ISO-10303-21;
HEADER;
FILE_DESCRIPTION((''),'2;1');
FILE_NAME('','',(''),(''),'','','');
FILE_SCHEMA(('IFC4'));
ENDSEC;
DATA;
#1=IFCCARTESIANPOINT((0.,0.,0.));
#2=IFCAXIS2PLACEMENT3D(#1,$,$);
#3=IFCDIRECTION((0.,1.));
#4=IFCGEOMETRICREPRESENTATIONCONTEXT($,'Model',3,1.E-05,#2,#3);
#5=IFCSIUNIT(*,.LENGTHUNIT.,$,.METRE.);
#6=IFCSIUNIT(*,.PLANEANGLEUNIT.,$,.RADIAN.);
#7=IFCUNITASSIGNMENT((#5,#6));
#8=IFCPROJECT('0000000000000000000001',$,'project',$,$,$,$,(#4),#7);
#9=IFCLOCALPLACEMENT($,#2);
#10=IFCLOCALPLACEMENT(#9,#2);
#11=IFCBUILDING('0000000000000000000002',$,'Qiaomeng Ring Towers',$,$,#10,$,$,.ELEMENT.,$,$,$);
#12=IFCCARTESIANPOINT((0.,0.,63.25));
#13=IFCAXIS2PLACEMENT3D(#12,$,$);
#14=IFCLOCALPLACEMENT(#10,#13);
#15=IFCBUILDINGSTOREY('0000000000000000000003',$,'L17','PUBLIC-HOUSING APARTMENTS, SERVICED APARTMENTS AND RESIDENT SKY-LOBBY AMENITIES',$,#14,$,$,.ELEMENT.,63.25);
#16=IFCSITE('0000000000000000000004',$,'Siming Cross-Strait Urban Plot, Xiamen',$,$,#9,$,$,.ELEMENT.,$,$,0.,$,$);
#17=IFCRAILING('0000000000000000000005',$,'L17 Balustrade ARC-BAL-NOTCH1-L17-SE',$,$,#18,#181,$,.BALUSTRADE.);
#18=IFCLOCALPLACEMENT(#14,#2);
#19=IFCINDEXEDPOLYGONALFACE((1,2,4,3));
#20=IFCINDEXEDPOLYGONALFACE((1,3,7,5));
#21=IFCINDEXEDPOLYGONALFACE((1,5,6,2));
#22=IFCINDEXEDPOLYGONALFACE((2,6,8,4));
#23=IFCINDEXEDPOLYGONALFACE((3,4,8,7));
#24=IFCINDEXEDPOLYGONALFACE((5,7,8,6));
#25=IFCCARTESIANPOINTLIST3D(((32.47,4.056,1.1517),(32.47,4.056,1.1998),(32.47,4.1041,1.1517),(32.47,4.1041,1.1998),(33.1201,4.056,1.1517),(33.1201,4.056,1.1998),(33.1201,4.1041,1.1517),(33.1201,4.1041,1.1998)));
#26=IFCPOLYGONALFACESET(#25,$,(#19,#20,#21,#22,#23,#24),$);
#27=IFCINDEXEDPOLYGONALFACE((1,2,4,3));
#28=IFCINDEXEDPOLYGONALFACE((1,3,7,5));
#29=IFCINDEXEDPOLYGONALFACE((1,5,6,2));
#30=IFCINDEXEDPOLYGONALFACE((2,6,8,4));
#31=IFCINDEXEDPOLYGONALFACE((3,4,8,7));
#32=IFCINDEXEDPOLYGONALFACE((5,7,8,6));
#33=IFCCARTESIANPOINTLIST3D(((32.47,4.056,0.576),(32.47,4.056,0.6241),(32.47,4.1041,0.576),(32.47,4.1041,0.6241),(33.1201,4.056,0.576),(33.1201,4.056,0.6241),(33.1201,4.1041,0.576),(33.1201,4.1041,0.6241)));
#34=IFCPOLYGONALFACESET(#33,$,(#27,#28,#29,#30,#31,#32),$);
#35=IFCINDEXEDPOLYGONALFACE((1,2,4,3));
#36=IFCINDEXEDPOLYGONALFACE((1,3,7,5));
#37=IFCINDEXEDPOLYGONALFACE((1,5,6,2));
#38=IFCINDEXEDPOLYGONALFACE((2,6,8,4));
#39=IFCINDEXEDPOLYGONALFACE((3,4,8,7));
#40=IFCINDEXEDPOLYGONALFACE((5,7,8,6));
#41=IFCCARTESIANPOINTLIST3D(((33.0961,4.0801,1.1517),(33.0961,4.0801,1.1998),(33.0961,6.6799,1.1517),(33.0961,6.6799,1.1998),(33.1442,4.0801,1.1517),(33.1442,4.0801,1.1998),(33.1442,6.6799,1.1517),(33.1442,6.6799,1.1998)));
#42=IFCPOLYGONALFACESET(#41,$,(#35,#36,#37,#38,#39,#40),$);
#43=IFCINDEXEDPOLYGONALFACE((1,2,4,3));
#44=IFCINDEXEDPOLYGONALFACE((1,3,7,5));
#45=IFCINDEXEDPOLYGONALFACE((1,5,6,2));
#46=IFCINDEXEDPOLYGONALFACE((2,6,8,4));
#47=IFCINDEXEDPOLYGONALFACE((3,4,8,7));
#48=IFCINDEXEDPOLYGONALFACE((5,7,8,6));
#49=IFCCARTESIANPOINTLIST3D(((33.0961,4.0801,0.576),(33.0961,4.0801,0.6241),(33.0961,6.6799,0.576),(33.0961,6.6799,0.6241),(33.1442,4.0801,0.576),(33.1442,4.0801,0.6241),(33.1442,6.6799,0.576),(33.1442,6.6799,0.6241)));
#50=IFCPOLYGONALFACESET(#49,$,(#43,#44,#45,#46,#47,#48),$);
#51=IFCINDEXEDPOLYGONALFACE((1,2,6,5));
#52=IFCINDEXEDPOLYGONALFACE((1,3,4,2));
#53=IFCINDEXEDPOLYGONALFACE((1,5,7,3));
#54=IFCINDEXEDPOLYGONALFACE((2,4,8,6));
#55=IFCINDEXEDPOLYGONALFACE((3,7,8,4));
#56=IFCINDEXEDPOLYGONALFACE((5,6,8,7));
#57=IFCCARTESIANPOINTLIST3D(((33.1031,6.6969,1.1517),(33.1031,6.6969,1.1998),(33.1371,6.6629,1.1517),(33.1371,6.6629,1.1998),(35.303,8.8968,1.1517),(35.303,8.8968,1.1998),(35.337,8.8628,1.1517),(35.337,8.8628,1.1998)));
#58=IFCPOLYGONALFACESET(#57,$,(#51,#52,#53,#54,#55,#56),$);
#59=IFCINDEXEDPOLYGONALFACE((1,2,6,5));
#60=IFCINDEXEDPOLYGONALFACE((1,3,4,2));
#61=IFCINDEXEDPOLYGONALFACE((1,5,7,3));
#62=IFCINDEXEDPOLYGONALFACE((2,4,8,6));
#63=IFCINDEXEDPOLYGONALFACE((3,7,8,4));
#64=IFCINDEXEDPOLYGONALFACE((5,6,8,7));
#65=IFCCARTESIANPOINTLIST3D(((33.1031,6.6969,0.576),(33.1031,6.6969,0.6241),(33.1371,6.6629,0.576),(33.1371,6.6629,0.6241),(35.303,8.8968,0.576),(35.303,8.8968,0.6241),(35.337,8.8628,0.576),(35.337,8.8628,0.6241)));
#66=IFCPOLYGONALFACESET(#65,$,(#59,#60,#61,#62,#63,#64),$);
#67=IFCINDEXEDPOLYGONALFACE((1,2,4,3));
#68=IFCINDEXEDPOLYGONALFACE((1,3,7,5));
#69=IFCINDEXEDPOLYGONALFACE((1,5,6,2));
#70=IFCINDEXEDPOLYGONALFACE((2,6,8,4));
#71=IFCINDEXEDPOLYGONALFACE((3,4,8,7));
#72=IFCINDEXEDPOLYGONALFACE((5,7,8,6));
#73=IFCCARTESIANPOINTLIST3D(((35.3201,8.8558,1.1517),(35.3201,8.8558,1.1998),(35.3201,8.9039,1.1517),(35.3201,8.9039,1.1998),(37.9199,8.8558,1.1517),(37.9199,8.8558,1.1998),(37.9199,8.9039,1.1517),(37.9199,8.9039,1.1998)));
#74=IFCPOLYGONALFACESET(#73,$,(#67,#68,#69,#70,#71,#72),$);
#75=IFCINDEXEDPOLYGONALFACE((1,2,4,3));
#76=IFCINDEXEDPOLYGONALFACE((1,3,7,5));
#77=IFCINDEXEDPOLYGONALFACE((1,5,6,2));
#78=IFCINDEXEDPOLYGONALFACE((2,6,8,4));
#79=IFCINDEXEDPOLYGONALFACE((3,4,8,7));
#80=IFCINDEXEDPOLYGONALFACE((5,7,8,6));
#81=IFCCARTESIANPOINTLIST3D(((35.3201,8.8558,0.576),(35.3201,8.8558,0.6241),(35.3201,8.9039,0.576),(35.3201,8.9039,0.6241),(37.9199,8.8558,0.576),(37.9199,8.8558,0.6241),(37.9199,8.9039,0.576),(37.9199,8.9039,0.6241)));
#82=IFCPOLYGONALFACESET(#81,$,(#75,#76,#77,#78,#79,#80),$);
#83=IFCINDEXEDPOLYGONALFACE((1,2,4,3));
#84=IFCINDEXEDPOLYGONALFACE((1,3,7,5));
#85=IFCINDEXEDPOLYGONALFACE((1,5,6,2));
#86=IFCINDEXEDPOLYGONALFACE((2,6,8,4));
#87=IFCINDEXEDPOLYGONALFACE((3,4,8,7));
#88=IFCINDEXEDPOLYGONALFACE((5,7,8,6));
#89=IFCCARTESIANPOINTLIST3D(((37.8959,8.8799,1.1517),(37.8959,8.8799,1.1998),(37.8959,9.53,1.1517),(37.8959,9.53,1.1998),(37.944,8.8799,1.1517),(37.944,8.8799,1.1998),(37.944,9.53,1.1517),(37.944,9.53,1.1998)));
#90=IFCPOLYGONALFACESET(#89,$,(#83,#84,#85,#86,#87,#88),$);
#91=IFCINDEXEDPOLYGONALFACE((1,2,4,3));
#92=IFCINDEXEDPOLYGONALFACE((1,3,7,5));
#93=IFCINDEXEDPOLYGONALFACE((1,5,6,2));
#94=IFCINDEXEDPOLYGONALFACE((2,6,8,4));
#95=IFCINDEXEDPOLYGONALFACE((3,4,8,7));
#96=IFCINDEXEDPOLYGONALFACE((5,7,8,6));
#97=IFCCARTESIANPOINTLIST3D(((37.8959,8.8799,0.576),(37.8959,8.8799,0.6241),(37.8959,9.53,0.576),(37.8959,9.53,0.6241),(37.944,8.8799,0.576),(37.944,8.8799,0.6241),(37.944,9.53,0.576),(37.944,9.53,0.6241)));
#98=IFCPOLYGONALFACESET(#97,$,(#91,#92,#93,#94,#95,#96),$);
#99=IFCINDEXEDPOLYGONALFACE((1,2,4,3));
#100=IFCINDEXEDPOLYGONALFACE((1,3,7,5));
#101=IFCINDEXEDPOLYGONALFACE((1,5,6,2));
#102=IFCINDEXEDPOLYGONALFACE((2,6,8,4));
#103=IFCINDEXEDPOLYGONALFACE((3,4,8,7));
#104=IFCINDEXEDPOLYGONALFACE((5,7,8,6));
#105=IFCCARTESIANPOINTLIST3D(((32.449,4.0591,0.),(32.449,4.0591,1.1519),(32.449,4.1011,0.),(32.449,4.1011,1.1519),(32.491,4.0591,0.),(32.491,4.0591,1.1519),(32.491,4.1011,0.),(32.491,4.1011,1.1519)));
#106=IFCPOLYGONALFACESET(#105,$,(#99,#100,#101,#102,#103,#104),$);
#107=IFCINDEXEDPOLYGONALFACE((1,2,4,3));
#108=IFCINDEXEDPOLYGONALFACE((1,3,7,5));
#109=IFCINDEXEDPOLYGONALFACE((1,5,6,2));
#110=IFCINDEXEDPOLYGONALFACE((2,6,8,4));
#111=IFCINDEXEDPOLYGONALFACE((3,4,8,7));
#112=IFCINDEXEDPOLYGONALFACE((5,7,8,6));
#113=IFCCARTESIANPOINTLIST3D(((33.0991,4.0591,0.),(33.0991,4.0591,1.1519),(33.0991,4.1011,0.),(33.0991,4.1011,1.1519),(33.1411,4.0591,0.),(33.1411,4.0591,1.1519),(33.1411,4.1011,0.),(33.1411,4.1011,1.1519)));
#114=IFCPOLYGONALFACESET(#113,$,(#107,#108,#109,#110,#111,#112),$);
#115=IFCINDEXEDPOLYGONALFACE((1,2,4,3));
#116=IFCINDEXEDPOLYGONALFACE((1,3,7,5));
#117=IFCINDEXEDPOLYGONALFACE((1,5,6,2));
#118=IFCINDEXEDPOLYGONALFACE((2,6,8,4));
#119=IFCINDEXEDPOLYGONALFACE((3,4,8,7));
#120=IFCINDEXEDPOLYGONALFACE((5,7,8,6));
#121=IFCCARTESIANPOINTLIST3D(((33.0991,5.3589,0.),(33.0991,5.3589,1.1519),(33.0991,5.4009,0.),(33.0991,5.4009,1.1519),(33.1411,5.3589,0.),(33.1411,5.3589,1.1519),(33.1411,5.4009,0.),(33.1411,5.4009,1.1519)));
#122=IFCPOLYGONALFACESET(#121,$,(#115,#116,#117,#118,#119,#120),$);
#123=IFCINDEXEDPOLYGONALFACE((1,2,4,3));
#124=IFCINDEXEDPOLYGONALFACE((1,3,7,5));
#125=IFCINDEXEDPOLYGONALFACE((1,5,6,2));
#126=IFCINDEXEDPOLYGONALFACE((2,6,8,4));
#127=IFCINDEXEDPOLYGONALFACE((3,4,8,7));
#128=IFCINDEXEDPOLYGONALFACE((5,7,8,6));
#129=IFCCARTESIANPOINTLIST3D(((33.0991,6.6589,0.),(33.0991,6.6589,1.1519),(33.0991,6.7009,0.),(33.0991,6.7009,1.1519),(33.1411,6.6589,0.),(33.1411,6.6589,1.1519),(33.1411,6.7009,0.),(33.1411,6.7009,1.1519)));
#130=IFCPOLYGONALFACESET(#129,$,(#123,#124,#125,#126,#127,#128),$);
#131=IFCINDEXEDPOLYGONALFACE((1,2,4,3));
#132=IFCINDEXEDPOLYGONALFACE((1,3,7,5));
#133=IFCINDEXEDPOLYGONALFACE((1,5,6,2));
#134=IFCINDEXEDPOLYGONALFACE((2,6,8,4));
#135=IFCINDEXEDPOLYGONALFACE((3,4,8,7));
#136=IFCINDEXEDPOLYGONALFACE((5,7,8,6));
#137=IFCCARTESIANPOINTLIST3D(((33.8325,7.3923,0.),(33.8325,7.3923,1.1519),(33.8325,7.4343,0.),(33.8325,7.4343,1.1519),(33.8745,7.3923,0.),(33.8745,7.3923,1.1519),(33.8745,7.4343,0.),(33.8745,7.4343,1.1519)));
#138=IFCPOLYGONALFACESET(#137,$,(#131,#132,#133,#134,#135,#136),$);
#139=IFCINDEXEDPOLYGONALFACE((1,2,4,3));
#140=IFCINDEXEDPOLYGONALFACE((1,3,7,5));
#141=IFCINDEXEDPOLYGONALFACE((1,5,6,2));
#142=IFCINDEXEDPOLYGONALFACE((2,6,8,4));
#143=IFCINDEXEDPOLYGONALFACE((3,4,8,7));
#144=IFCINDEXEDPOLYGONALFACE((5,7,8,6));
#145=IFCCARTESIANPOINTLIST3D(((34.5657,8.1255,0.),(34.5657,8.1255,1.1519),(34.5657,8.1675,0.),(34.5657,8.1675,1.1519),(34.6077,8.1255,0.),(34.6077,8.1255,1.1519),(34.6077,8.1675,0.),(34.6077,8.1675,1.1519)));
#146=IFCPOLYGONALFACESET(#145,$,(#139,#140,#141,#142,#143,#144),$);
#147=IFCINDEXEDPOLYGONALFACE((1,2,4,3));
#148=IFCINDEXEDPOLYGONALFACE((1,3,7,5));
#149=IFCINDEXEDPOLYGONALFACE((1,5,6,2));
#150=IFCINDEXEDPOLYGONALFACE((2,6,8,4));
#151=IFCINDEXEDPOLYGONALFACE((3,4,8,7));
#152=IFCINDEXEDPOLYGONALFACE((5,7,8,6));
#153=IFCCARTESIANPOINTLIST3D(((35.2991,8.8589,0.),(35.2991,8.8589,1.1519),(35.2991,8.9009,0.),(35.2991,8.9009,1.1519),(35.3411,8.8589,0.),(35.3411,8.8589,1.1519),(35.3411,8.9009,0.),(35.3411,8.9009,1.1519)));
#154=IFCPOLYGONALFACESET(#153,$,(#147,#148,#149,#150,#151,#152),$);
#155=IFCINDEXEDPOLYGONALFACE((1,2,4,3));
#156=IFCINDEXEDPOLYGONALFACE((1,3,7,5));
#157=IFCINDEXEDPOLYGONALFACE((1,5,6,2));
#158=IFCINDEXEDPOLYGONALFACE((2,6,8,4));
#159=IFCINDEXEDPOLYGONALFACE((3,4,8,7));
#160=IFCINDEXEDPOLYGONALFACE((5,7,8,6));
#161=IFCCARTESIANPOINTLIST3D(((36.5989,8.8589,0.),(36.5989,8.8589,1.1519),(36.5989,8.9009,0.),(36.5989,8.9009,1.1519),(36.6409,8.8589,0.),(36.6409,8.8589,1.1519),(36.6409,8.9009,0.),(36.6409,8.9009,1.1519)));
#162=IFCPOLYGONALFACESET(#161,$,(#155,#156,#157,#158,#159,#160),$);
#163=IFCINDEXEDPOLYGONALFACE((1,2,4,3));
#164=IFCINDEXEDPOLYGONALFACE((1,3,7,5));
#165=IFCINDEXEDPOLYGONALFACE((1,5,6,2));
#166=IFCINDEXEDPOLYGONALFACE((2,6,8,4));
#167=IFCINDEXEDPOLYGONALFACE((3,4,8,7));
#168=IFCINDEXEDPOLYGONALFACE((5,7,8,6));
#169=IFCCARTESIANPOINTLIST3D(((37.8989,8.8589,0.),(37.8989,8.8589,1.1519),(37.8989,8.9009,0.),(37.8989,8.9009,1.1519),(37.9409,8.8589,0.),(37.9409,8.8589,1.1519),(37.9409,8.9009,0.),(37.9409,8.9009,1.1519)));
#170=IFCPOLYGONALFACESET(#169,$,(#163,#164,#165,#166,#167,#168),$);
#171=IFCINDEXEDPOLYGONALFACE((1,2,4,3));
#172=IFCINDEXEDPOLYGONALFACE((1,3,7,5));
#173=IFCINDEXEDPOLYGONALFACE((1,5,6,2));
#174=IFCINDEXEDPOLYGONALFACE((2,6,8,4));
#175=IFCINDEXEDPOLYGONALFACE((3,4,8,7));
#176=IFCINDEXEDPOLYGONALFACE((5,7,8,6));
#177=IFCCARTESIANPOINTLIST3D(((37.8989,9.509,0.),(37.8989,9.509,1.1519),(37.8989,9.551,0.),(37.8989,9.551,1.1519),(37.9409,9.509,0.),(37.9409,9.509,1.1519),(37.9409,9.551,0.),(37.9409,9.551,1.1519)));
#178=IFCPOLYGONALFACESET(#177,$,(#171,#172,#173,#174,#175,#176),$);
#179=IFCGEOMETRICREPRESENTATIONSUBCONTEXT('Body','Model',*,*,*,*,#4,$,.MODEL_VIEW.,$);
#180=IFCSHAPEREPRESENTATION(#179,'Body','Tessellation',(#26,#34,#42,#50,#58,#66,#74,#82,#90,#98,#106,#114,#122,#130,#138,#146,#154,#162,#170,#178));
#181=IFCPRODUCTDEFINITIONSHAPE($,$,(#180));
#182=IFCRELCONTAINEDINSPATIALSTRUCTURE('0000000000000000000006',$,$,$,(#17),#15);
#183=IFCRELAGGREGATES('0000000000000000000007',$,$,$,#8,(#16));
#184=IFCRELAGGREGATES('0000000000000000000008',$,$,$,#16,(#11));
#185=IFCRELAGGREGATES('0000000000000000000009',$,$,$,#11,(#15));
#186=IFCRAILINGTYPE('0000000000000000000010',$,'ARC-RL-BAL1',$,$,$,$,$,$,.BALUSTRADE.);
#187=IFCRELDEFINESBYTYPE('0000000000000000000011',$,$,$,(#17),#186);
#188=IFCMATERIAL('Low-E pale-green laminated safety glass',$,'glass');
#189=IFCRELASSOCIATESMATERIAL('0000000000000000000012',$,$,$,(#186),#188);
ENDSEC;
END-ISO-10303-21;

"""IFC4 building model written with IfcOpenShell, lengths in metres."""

from ifc_helpers import new_model, si_unit, direction, frame, origin, origin_2d, place, context, subcontext, project, spatial, rectangle, extrude, material, type_object, element, save


model = new_model("IFC4")

# Units and contexts
model_context = context("Model", 3, precision=1e-05, world=origin(), true_north=direction((0.0, 1.0)))
body_context = subcontext(model_context, "Body", "Model", "MODEL_VIEW")
ifc_project = project(units=[si_unit("LENGTHUNIT", "METRE"), si_unit("PLANEANGLEUNIT", "RADIAN")], contexts=[model_context])

# Site, building, storey
site_placement = place(None, origin())
site = spatial("IfcSite", under=ifc_project, at=site_placement, Name="Siming Cross-Strait Urban Plot, Xiamen", CompositionType="ELEMENT", RefElevation=0.0)
building_placement = place(site_placement, origin())
building = spatial("IfcBuilding", under=site, at=building_placement, Name="Qiaomeng Ring Towers", CompositionType="ELEMENT")
storey_placement = place(building_placement, frame((0.0, 0.0, 63.25)))
storey = spatial("IfcBuildingStorey", under=building, at=storey_placement, Name="L17", Description="PUBLIC-HOUSING APARTMENTS, SERVICED APARTMENTS AND RESIDENT SKY-LOBBY AMENITIES", CompositionType="ELEMENT", Elevation=63.25)

# Railing
ifc_material_1 = material(Name="Low-E pale-green laminated safety glass", Category="glass")
railing_type = type_object("IfcRailingType", Name="ARC-RL-BAL1", PredefinedType="BALUSTRADE", material=ifc_material_1)
railing_placement = place(storey_placement, frame((32.47, 4.0801, 0.0)))
element("IfcRailing", 1, at=railing_placement, inside=storey, type_object=railing_type, Name="L17 Balustrade ARC-BAL-NOTCH1-L17-SE", PredefinedType="BALUSTRADE", context=body_context, shape_type="SweptSolid", body=[
    extrude(rectangle(XDim=0.0481, YDim=0.0481, at=origin_2d()), frame((0.0, 0.0, 1.1758), z_axis=(1.0, 0.0, 0.0), x_axis=(0.0, 1.0, 0.0)), (0.0, 0.0, 1.0), 0.6501),
    extrude(rectangle(XDim=0.0481, YDim=0.0481, at=origin_2d()), frame((0.0, 0.0, 0.6001), z_axis=(1.0, 0.0, 0.0), x_axis=(0.0, 1.0, 0.0)), (0.0, 0.0, 1.0), 0.6501),
    extrude(rectangle(XDim=0.0481, YDim=0.0481, at=origin_2d()), frame((0.6501, 0.0, 1.1758), z_axis=(0.0, 1.0, 0.0), x_axis=(-1.0, 0.0, 0.0)), (0.0, 0.0, 1.0), 2.5999),
    extrude(rectangle(XDim=0.0481, YDim=0.0481, at=origin_2d()), frame((0.6501, 0.0, 0.6001), z_axis=(0.0, 1.0, 0.0), x_axis=(-1.0, 0.0, 0.0)), (0.0, 0.0, 1.0), 2.5999),
    extrude(rectangle(XDim=0.0481, YDim=0.0481, at=origin_2d()), frame((0.6501, 2.5999, 1.1758), z_axis=(0.707107, 0.707107, 0.0), x_axis=(-0.707107, 0.707107, 0.0)), (0.0, 0.0, 1.0), 3.1111),
    extrude(rectangle(XDim=0.0481, YDim=0.0481, at=origin_2d()), frame((0.6501, 2.5999, 0.6001), z_axis=(0.707107, 0.707107, 0.0), x_axis=(-0.707107, 0.707107, 0.0)), (0.0, 0.0, 1.0), 3.1111),
    extrude(rectangle(XDim=0.0481, YDim=0.0481, at=origin_2d()), frame((2.8501, 4.7998, 1.1758), z_axis=(1.0, 0.0, 0.0), x_axis=(0.0, 1.0, 0.0)), (0.0, 0.0, 1.0), 2.5999),
    extrude(rectangle(XDim=0.0481, YDim=0.0481, at=origin_2d()), frame((2.8501, 4.7998, 0.6001), z_axis=(1.0, 0.0, 0.0), x_axis=(0.0, 1.0, 0.0)), (0.0, 0.0, 1.0), 2.5999),
    extrude(rectangle(XDim=0.0481, YDim=0.0481, at=origin_2d()), frame((5.45, 4.7998, 1.1758), z_axis=(0.0, 1.0, 0.0), x_axis=(-1.0, 0.0, 0.0)), (0.0, 0.0, 1.0), 0.6501),
    extrude(rectangle(XDim=0.0481, YDim=0.0481, at=origin_2d()), frame((5.45, 4.7998, 0.6001), z_axis=(0.0, 1.0, 0.0), x_axis=(-1.0, 0.0, 0.0)), (0.0, 0.0, 1.0), 0.6501),
    extrude(rectangle(XDim=0.042, YDim=0.042, at=origin_2d()), origin(), (0.0, 0.0, 1.0), 1.1519),
    extrude(rectangle(XDim=0.042, YDim=0.042, at=origin_2d()), frame((0.6501, 0.0, 0.0)), (0.0, 0.0, 1.0), 1.1519),
    extrude(rectangle(XDim=0.042, YDim=0.042, at=origin_2d()), frame((0.6501, 1.2998, 0.0)), (0.0, 0.0, 1.0), 1.1519),
    extrude(rectangle(XDim=0.042, YDim=0.042, at=origin_2d()), frame((0.6501, 2.5999, 0.0)), (0.0, 0.0, 1.0), 1.1519),
    extrude(rectangle(XDim=0.042, YDim=0.042, at=origin_2d()), frame((1.3835, 3.3333, 0.0)), (0.0, 0.0, 1.0), 1.1519),
    extrude(rectangle(XDim=0.042, YDim=0.042, at=origin_2d()), frame((2.1167, 4.0664, 0.0)), (0.0, 0.0, 1.0), 1.1519),
    extrude(rectangle(XDim=0.042, YDim=0.042, at=origin_2d()), frame((2.8501, 4.7998, 0.0)), (0.0, 0.0, 1.0), 1.1519),
    extrude(rectangle(XDim=0.042, YDim=0.042, at=origin_2d()), frame((4.1499, 4.7998, 0.0)), (0.0, 0.0, 1.0), 1.1519),
    extrude(rectangle(XDim=0.042, YDim=0.042, at=origin_2d()), frame((5.45, 4.7998, 0.0)), (0.0, 0.0, 1.0), 1.1519),
    extrude(rectangle(XDim=0.042, YDim=0.042, at=origin_2d()), frame((5.45, 5.45, 0.0)), (0.0, 0.0, 1.0), 1.1519),
])

save(model, "model.ifc")
